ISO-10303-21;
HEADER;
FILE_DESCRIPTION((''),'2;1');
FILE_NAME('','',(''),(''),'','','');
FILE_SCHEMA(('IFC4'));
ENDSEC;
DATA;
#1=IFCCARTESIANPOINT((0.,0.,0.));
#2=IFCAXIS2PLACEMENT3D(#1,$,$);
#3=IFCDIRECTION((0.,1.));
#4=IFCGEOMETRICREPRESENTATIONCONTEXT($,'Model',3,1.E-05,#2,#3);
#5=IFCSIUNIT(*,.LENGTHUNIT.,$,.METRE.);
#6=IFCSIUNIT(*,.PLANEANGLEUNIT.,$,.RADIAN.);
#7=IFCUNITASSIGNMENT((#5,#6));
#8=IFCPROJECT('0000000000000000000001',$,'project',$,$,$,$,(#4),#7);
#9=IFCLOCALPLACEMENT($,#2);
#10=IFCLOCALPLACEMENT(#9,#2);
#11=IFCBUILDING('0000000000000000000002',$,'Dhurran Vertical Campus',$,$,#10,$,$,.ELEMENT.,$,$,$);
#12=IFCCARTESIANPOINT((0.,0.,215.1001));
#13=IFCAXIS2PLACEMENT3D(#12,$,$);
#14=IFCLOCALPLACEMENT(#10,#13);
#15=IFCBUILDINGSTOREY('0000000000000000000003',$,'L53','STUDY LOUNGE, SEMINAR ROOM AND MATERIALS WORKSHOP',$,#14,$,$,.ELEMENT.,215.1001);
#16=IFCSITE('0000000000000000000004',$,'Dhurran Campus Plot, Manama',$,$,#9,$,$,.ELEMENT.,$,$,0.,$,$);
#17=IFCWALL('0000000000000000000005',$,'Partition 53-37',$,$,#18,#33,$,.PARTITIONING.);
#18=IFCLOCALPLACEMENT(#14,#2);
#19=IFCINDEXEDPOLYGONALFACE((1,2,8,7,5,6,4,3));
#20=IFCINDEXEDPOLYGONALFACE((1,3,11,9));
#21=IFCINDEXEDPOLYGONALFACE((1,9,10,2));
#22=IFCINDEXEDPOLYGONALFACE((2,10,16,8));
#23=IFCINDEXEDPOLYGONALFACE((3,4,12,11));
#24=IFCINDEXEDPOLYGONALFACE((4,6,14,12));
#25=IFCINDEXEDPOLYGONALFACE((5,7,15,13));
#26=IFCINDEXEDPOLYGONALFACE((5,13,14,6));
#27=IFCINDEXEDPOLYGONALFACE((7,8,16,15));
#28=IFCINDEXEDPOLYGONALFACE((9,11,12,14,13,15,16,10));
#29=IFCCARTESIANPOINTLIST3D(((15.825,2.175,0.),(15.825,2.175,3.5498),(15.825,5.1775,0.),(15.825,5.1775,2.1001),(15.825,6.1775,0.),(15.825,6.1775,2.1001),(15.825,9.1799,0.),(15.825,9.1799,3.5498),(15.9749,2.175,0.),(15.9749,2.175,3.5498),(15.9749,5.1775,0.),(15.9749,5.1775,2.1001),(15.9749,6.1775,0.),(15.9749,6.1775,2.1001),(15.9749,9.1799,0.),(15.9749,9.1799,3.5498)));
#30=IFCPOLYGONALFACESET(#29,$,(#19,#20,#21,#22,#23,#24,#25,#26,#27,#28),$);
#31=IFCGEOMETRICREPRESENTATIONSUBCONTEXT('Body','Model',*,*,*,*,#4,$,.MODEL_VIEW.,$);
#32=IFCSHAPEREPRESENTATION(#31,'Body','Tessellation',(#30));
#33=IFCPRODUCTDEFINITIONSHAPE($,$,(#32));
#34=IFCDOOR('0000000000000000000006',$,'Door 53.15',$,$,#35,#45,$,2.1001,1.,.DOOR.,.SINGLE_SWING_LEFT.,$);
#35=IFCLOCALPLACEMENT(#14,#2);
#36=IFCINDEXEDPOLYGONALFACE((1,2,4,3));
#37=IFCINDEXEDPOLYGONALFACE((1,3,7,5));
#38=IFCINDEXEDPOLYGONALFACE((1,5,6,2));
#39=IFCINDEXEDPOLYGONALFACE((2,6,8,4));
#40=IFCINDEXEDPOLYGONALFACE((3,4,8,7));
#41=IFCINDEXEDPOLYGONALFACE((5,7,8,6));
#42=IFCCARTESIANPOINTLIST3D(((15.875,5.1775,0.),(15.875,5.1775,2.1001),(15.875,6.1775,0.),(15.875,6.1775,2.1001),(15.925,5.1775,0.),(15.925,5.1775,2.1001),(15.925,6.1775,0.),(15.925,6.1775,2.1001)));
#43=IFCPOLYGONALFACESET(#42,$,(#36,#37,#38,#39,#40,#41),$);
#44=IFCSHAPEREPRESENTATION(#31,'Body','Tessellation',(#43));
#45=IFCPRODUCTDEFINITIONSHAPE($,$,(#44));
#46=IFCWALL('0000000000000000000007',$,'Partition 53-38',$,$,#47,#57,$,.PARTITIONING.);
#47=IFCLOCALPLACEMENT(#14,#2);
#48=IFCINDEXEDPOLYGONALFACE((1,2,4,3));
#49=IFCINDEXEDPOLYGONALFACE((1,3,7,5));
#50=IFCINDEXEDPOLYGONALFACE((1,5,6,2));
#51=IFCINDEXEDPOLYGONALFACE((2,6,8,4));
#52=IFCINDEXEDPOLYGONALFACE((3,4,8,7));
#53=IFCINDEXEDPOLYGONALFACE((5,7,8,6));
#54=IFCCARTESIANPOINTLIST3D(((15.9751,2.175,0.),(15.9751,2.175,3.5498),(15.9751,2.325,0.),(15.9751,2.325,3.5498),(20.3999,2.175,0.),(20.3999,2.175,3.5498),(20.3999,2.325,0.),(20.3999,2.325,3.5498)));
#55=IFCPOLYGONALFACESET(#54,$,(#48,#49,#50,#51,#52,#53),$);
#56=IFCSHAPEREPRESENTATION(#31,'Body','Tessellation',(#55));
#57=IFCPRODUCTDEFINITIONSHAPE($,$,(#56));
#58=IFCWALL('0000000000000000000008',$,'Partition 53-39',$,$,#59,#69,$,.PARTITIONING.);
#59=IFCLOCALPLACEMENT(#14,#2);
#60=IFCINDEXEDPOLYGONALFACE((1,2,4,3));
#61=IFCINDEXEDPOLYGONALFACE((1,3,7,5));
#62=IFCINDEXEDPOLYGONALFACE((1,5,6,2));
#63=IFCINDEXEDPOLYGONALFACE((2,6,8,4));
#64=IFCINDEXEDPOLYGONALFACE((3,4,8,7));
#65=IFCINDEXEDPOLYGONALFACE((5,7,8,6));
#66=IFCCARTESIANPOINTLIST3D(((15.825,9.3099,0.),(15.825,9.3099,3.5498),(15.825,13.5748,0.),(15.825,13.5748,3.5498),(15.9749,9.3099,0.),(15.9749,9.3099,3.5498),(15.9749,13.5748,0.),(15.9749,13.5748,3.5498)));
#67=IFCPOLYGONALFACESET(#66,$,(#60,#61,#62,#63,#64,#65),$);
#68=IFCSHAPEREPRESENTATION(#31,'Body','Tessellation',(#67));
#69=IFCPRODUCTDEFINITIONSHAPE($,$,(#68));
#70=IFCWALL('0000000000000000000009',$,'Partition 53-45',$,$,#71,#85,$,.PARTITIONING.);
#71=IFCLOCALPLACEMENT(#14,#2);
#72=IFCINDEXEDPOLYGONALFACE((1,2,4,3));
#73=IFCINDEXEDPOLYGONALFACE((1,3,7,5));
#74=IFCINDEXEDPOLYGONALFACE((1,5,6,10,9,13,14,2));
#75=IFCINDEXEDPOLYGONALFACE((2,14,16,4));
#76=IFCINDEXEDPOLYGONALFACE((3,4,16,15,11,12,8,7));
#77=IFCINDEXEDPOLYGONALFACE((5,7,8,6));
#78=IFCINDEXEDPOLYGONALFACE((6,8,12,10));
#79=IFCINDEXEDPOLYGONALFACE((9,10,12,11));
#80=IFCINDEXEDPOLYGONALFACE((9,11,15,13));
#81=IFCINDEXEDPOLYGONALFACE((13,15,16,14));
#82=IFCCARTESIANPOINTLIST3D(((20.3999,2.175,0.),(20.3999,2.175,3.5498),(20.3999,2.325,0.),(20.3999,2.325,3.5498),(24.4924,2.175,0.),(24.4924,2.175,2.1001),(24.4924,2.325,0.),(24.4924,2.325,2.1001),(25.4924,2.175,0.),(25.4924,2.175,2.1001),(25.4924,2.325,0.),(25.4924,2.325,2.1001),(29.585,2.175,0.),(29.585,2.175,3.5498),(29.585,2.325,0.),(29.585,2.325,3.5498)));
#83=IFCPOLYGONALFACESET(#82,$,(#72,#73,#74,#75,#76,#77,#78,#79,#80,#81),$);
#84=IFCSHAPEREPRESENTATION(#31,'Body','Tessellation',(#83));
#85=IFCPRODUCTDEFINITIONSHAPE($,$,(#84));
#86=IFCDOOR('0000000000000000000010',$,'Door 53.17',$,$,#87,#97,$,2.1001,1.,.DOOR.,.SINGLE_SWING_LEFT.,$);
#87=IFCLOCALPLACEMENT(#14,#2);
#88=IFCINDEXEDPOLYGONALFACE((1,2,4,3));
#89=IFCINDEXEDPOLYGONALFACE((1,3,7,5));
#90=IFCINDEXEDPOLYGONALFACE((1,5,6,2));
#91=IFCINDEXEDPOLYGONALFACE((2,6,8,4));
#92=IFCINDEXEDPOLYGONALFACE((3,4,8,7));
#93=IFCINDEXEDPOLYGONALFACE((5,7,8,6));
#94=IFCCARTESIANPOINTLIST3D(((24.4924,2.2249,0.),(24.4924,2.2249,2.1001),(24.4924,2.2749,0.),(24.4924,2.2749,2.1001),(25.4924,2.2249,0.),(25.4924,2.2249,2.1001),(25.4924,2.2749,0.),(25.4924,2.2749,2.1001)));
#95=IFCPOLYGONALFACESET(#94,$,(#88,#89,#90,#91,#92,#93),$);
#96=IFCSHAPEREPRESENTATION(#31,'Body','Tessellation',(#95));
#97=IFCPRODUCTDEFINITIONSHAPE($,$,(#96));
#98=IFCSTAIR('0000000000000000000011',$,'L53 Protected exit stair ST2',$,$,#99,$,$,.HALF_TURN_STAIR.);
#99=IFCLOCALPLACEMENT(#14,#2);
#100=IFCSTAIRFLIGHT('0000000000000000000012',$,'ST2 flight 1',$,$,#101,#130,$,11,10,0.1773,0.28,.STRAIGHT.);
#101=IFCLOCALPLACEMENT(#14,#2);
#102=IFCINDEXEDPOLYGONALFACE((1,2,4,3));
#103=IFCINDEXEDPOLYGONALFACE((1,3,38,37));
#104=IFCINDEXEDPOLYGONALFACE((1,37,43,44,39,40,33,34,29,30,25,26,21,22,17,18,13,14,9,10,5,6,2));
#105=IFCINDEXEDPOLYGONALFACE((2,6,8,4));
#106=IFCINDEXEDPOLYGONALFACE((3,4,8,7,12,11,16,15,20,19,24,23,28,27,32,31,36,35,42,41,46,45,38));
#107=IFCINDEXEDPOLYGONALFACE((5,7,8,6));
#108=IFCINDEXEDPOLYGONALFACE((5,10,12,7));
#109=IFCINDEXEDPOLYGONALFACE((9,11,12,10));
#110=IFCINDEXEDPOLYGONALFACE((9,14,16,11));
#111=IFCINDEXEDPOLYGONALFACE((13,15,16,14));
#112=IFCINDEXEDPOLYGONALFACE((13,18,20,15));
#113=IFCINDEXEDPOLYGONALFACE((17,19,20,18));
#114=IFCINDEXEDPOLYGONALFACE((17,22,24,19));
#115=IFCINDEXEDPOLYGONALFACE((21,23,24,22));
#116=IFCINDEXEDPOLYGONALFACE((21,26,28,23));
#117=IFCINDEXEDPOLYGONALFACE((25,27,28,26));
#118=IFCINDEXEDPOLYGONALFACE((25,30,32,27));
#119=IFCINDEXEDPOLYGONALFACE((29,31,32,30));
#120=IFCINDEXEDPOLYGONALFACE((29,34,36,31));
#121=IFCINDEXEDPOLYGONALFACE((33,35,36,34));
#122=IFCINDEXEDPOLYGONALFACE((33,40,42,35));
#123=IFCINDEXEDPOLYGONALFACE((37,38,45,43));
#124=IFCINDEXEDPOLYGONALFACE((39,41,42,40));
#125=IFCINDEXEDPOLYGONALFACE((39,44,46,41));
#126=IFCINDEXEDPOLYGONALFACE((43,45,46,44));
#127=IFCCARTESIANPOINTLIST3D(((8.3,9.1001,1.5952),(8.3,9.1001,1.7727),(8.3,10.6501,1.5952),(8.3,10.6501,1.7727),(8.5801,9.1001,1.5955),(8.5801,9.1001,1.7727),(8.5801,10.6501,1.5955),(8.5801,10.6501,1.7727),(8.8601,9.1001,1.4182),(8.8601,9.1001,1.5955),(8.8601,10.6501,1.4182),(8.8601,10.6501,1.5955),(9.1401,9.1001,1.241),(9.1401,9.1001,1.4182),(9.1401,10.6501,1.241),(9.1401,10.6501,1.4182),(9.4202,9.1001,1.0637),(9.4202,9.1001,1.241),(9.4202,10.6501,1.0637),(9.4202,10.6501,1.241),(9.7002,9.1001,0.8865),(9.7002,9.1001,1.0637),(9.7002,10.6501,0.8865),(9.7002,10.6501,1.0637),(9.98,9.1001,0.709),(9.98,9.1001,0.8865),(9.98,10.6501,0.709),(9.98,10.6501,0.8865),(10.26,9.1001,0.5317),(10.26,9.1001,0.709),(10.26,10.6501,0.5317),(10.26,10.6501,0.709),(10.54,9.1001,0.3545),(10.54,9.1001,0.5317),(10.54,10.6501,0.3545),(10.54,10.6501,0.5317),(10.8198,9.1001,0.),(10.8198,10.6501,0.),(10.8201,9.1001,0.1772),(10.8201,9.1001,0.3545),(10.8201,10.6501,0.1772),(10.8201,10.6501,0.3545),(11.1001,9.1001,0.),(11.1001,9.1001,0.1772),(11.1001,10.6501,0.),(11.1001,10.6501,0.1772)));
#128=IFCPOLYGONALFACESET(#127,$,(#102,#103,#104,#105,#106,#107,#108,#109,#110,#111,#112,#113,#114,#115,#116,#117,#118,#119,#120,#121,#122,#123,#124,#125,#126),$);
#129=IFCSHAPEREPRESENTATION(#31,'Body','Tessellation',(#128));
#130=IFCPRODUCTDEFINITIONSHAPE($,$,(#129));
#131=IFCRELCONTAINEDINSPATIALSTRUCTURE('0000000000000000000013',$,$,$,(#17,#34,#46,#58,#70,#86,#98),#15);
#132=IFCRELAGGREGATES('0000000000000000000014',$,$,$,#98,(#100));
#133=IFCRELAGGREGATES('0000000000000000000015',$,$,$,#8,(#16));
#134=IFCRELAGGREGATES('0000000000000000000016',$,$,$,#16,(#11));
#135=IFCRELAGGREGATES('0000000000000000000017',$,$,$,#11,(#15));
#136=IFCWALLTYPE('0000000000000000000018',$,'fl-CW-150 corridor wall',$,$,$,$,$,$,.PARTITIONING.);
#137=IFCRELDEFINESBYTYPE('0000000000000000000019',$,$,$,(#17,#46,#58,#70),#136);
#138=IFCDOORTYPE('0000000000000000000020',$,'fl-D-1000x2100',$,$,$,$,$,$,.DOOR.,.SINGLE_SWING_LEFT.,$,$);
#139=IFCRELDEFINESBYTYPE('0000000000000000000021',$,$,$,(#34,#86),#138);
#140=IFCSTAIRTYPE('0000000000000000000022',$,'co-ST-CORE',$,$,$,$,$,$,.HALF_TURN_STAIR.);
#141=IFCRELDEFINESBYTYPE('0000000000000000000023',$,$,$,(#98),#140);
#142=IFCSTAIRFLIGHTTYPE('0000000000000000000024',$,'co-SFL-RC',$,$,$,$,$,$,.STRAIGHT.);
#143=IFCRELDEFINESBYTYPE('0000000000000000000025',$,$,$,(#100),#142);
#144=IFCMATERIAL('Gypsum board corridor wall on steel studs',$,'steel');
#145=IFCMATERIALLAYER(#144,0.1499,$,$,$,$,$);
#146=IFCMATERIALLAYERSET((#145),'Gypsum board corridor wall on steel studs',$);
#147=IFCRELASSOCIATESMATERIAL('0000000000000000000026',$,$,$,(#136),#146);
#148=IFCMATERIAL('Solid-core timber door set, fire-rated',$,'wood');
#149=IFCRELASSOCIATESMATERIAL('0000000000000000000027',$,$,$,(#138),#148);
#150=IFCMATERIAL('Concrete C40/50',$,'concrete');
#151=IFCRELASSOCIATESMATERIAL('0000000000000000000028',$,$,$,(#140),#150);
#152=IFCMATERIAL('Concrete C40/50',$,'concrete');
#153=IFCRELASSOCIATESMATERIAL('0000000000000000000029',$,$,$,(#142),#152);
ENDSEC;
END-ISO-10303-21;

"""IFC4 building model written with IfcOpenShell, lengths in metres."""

from ifc_helpers import new_model, si_unit, direction, frame, frame_2d, origin, place, context, subcontext, project, spatial, polyline, rectangle, outline, extrude, material, layer, layer_set, type_object, element, fill, aggregate, save


model = new_model("IFC4")

# Units and contexts
model_context = context("Model", 3, precision=1e-05, world=origin(), true_north=direction((0.0, 1.0)))
body_context = subcontext(model_context, "Body", "Model", "MODEL_VIEW")
ifc_project = project(units=[si_unit("LENGTHUNIT", "METRE"), si_unit("PLANEANGLEUNIT", "RADIAN")], contexts=[model_context])

# Site, building, storey
site_placement = place(None, origin())
site = spatial("IfcSite", under=ifc_project, at=site_placement, Name="Dhurran Campus Plot, Manama", CompositionType="ELEMENT", RefElevation=0.0)
building_placement = place(site_placement, origin())
building = spatial("IfcBuilding", under=site, at=building_placement, Name="Dhurran Vertical Campus", CompositionType="ELEMENT")
storey_placement = place(building_placement, frame((0.0, 0.0, 215.1001)))
storey = spatial("IfcBuildingStorey", under=building, at=storey_placement, Name="L53", Description="STUDY LOUNGE, SEMINAR ROOM AND MATERIALS WORKSHOP", CompositionType="ELEMENT", Elevation=215.1001)

# Wall, opening, door
ifc_material_1 = material(Name="Gypsum board corridor wall on steel studs", Category="steel")
ifc_layer_1 = layer(ifc_material_1, 0.1499)
ifc_layer_set_1 = layer_set([ifc_layer_1], Name="Gypsum board corridor wall on steel studs")
wall_type_1 = type_object("IfcWallType", Name="fl-CW-150 corridor wall", PredefinedType="PARTITIONING", material=ifc_layer_set_1)
wall_1_placement = place(storey_placement, frame((15.8999, 2.175, 0.0), z_axis=(0.0, 0.0, 1.0), x_axis=(0.0, 1.0, 0.0)))
wall_1 = element("IfcWall", 1, at=wall_1_placement, inside=storey, type_object=wall_type_1, Name="Partition 53-37", PredefinedType="PARTITIONING", context=body_context, shape_type="SweptSolid", body=[
    extrude(rectangle(XDim=7.0049, YDim=0.1499, at=frame_2d((3.5024, 0.0))), origin(), (0.0, 0.0, 1.0), 3.5498),
])
opening_1_placement = place(wall_1_placement, frame((3.0024, 0.0, 0.0)))
opening_1 = element("IfcOpeningElement", 2, at=opening_1_placement, cuts=wall_1, PredefinedType="OPENING", context=body_context, shape_type="SweptSolid", body=[
    extrude(rectangle(XDim=1.0, YDim=2.1001, at=frame_2d((0.5, 1.05))), frame((0.0, 0.085, 0.0), z_axis=(0.0, -1.0, 0.0), x_axis=(1.0, 0.0, 0.0)), (0.0, 0.0, 1.0), 0.1699),
])
ifc_material_2 = material(Name="Solid-core timber door set, fire-rated", Category="wood")
door_type = type_object("IfcDoorType", Name="fl-D-1000x2100", OperationType="SINGLE_SWING_LEFT", PredefinedType="DOOR", material=ifc_material_2)
door_1_placement = place(opening_1_placement, origin())
door_1 = element("IfcDoor", 3, at=door_1_placement, inside=storey, type_object=door_type, Name="Door 53.15", OperationType="SINGLE_SWING_LEFT", OverallHeight=2.1001, OverallWidth=1.0, PredefinedType="DOOR", context=body_context, shape_type="SweptSolid", body=[
    extrude(rectangle(XDim=1.0, YDim=2.1001, at=frame_2d((0.5, 1.05))), frame((0.0, 0.0249, 0.0), z_axis=(0.0, -1.0, 0.0), x_axis=(1.0, 0.0, 0.0)), (0.0, 0.0, 1.0), 0.05),
])
fill(opening_1, door_1)

# Walls
wall_2_placement = place(storey_placement, frame((15.9751, 2.25, 0.0), z_axis=(0.0, 0.0, 1.0), x_axis=(1.0, 0.0, 0.0)))
element("IfcWall", 4, at=wall_2_placement, inside=storey, type_object=wall_type_1, Name="Partition 53-38", PredefinedType="PARTITIONING", context=body_context, shape_type="SweptSolid", body=[
    extrude(rectangle(XDim=4.4248, YDim=0.1499, at=frame_2d((2.2124, 0.0))), origin(), (0.0, 0.0, 1.0), 3.5498),
])
wall_3_placement = place(storey_placement, frame((15.8999, 9.3101, 0.0), z_axis=(0.0, 0.0, 1.0), x_axis=(0.0, 1.0, 0.0)))
element("IfcWall", 5, at=wall_3_placement, inside=storey, type_object=wall_type_1, Name="Partition 53-39", PredefinedType="PARTITIONING", context=body_context, shape_type="SweptSolid", body=[
    extrude(rectangle(XDim=4.2649, YDim=0.1499, at=frame_2d((2.1323, 0.0))), origin(), (0.0, 0.0, 1.0), 3.5498),
])

# Wall, opening, door
wall_4_placement = place(storey_placement, frame((20.3999, 2.25, 0.0), z_axis=(0.0, 0.0, 1.0), x_axis=(1.0, 0.0, 0.0)))
wall_4 = element("IfcWall", 6, at=wall_4_placement, inside=storey, type_object=wall_type_1, Name="Partition 53-45", PredefinedType="PARTITIONING", context=body_context, shape_type="SweptSolid", body=[
    extrude(rectangle(XDim=9.1851, YDim=0.1499, at=frame_2d((4.5925, 0.0))), origin(), (0.0, 0.0, 1.0), 3.5498),
])
opening_2_placement = place(wall_4_placement, frame((4.0925, 0.0, 0.0)))
opening_2 = element("IfcOpeningElement", 7, at=opening_2_placement, cuts=wall_4, PredefinedType="OPENING", context=body_context, shape_type="SweptSolid", body=[
    extrude(rectangle(XDim=1.0, YDim=2.1001, at=frame_2d((0.5, 1.05))), frame((0.0, 0.085, 0.0), z_axis=(0.0, -1.0, 0.0), x_axis=(1.0, 0.0, 0.0)), (0.0, 0.0, 1.0), 0.1699),
])
door_2_placement = place(opening_2_placement, origin())
door_2 = element("IfcDoor", 8, at=door_2_placement, inside=storey, type_object=door_type, Name="Door 53.17", OperationType="SINGLE_SWING_LEFT", OverallHeight=2.1001, OverallWidth=1.0, PredefinedType="DOOR", context=body_context, shape_type="SweptSolid", body=[
    extrude(rectangle(XDim=1.0, YDim=2.1001, at=frame_2d((0.5, 1.05))), frame((0.0, 0.0249, 0.0), z_axis=(0.0, -1.0, 0.0), x_axis=(1.0, 0.0, 0.0)), (0.0, 0.0, 1.0), 0.05),
])
fill(opening_2, door_2)

# Stair, stair flight
ifc_material_3 = material(Name="Concrete C40/50", Category="concrete")
stair_type = type_object("IfcStairType", Name="co-ST-CORE", PredefinedType="HALF_TURN_STAIR", material=ifc_material_3)
stair_placement = place(storey_placement, origin())
stair = element("IfcStair", 9, at=stair_placement, inside=storey, type_object=stair_type, Name="L53 Protected exit stair ST2", PredefinedType="HALF_TURN_STAIR")
ifc_material_4 = material(Name="Concrete C40/50", Category="concrete")
stair_flight_type = type_object("IfcStairFlightType", Name="co-SFL-RC", PredefinedType="STRAIGHT", material=ifc_material_4)
stair_flight_placement = place(storey_placement, frame((11.1001, 9.875, 0.0), z_axis=(0.0, 0.0, 1.0), x_axis=(-1.0, 0.0, 0.0)))
stair_flight = element("IfcStairFlight", 10, at=stair_flight_placement, type_object=stair_flight_type, Name="ST2 flight 1", NumberOfRisers=11, NumberOfTreads=10, PredefinedType="STRAIGHT", RiserHeight=0.1773, TreadLength=0.28, context=body_context, shape_type="SweptSolid", body=[
    extrude(outline(polyline([(0.0, 0.0), (0.0, 0.1772), (0.28, 0.1772), (0.28, 0.3545), (0.5601, 0.3545), (0.5601, 0.5317), (0.8401, 0.5317), (0.8401, 0.709), (1.1201, 0.709), (1.1201, 0.8865), (1.3999, 0.8865), (1.3999, 1.0637), (1.6799, 1.0637), (1.6799, 1.241), (1.96, 1.241), (1.96, 1.4182), (2.24, 1.4182), (2.24, 1.5955), (2.52, 1.5955), (2.52, 1.7727), (2.8, 1.7727), (2.8, 1.95), (2.8, 1.5952), (0.2803, 0.0), (0.0, 0.0)])), frame((0.0, 0.7749, 0.0), z_axis=(0.0, -1.0, 0.0), x_axis=(1.0, 0.0, 0.0)), (0.0, 0.0, 1.0), 1.55),
])
aggregate(stair, [stair_flight])

save(model, "model.ifc")
